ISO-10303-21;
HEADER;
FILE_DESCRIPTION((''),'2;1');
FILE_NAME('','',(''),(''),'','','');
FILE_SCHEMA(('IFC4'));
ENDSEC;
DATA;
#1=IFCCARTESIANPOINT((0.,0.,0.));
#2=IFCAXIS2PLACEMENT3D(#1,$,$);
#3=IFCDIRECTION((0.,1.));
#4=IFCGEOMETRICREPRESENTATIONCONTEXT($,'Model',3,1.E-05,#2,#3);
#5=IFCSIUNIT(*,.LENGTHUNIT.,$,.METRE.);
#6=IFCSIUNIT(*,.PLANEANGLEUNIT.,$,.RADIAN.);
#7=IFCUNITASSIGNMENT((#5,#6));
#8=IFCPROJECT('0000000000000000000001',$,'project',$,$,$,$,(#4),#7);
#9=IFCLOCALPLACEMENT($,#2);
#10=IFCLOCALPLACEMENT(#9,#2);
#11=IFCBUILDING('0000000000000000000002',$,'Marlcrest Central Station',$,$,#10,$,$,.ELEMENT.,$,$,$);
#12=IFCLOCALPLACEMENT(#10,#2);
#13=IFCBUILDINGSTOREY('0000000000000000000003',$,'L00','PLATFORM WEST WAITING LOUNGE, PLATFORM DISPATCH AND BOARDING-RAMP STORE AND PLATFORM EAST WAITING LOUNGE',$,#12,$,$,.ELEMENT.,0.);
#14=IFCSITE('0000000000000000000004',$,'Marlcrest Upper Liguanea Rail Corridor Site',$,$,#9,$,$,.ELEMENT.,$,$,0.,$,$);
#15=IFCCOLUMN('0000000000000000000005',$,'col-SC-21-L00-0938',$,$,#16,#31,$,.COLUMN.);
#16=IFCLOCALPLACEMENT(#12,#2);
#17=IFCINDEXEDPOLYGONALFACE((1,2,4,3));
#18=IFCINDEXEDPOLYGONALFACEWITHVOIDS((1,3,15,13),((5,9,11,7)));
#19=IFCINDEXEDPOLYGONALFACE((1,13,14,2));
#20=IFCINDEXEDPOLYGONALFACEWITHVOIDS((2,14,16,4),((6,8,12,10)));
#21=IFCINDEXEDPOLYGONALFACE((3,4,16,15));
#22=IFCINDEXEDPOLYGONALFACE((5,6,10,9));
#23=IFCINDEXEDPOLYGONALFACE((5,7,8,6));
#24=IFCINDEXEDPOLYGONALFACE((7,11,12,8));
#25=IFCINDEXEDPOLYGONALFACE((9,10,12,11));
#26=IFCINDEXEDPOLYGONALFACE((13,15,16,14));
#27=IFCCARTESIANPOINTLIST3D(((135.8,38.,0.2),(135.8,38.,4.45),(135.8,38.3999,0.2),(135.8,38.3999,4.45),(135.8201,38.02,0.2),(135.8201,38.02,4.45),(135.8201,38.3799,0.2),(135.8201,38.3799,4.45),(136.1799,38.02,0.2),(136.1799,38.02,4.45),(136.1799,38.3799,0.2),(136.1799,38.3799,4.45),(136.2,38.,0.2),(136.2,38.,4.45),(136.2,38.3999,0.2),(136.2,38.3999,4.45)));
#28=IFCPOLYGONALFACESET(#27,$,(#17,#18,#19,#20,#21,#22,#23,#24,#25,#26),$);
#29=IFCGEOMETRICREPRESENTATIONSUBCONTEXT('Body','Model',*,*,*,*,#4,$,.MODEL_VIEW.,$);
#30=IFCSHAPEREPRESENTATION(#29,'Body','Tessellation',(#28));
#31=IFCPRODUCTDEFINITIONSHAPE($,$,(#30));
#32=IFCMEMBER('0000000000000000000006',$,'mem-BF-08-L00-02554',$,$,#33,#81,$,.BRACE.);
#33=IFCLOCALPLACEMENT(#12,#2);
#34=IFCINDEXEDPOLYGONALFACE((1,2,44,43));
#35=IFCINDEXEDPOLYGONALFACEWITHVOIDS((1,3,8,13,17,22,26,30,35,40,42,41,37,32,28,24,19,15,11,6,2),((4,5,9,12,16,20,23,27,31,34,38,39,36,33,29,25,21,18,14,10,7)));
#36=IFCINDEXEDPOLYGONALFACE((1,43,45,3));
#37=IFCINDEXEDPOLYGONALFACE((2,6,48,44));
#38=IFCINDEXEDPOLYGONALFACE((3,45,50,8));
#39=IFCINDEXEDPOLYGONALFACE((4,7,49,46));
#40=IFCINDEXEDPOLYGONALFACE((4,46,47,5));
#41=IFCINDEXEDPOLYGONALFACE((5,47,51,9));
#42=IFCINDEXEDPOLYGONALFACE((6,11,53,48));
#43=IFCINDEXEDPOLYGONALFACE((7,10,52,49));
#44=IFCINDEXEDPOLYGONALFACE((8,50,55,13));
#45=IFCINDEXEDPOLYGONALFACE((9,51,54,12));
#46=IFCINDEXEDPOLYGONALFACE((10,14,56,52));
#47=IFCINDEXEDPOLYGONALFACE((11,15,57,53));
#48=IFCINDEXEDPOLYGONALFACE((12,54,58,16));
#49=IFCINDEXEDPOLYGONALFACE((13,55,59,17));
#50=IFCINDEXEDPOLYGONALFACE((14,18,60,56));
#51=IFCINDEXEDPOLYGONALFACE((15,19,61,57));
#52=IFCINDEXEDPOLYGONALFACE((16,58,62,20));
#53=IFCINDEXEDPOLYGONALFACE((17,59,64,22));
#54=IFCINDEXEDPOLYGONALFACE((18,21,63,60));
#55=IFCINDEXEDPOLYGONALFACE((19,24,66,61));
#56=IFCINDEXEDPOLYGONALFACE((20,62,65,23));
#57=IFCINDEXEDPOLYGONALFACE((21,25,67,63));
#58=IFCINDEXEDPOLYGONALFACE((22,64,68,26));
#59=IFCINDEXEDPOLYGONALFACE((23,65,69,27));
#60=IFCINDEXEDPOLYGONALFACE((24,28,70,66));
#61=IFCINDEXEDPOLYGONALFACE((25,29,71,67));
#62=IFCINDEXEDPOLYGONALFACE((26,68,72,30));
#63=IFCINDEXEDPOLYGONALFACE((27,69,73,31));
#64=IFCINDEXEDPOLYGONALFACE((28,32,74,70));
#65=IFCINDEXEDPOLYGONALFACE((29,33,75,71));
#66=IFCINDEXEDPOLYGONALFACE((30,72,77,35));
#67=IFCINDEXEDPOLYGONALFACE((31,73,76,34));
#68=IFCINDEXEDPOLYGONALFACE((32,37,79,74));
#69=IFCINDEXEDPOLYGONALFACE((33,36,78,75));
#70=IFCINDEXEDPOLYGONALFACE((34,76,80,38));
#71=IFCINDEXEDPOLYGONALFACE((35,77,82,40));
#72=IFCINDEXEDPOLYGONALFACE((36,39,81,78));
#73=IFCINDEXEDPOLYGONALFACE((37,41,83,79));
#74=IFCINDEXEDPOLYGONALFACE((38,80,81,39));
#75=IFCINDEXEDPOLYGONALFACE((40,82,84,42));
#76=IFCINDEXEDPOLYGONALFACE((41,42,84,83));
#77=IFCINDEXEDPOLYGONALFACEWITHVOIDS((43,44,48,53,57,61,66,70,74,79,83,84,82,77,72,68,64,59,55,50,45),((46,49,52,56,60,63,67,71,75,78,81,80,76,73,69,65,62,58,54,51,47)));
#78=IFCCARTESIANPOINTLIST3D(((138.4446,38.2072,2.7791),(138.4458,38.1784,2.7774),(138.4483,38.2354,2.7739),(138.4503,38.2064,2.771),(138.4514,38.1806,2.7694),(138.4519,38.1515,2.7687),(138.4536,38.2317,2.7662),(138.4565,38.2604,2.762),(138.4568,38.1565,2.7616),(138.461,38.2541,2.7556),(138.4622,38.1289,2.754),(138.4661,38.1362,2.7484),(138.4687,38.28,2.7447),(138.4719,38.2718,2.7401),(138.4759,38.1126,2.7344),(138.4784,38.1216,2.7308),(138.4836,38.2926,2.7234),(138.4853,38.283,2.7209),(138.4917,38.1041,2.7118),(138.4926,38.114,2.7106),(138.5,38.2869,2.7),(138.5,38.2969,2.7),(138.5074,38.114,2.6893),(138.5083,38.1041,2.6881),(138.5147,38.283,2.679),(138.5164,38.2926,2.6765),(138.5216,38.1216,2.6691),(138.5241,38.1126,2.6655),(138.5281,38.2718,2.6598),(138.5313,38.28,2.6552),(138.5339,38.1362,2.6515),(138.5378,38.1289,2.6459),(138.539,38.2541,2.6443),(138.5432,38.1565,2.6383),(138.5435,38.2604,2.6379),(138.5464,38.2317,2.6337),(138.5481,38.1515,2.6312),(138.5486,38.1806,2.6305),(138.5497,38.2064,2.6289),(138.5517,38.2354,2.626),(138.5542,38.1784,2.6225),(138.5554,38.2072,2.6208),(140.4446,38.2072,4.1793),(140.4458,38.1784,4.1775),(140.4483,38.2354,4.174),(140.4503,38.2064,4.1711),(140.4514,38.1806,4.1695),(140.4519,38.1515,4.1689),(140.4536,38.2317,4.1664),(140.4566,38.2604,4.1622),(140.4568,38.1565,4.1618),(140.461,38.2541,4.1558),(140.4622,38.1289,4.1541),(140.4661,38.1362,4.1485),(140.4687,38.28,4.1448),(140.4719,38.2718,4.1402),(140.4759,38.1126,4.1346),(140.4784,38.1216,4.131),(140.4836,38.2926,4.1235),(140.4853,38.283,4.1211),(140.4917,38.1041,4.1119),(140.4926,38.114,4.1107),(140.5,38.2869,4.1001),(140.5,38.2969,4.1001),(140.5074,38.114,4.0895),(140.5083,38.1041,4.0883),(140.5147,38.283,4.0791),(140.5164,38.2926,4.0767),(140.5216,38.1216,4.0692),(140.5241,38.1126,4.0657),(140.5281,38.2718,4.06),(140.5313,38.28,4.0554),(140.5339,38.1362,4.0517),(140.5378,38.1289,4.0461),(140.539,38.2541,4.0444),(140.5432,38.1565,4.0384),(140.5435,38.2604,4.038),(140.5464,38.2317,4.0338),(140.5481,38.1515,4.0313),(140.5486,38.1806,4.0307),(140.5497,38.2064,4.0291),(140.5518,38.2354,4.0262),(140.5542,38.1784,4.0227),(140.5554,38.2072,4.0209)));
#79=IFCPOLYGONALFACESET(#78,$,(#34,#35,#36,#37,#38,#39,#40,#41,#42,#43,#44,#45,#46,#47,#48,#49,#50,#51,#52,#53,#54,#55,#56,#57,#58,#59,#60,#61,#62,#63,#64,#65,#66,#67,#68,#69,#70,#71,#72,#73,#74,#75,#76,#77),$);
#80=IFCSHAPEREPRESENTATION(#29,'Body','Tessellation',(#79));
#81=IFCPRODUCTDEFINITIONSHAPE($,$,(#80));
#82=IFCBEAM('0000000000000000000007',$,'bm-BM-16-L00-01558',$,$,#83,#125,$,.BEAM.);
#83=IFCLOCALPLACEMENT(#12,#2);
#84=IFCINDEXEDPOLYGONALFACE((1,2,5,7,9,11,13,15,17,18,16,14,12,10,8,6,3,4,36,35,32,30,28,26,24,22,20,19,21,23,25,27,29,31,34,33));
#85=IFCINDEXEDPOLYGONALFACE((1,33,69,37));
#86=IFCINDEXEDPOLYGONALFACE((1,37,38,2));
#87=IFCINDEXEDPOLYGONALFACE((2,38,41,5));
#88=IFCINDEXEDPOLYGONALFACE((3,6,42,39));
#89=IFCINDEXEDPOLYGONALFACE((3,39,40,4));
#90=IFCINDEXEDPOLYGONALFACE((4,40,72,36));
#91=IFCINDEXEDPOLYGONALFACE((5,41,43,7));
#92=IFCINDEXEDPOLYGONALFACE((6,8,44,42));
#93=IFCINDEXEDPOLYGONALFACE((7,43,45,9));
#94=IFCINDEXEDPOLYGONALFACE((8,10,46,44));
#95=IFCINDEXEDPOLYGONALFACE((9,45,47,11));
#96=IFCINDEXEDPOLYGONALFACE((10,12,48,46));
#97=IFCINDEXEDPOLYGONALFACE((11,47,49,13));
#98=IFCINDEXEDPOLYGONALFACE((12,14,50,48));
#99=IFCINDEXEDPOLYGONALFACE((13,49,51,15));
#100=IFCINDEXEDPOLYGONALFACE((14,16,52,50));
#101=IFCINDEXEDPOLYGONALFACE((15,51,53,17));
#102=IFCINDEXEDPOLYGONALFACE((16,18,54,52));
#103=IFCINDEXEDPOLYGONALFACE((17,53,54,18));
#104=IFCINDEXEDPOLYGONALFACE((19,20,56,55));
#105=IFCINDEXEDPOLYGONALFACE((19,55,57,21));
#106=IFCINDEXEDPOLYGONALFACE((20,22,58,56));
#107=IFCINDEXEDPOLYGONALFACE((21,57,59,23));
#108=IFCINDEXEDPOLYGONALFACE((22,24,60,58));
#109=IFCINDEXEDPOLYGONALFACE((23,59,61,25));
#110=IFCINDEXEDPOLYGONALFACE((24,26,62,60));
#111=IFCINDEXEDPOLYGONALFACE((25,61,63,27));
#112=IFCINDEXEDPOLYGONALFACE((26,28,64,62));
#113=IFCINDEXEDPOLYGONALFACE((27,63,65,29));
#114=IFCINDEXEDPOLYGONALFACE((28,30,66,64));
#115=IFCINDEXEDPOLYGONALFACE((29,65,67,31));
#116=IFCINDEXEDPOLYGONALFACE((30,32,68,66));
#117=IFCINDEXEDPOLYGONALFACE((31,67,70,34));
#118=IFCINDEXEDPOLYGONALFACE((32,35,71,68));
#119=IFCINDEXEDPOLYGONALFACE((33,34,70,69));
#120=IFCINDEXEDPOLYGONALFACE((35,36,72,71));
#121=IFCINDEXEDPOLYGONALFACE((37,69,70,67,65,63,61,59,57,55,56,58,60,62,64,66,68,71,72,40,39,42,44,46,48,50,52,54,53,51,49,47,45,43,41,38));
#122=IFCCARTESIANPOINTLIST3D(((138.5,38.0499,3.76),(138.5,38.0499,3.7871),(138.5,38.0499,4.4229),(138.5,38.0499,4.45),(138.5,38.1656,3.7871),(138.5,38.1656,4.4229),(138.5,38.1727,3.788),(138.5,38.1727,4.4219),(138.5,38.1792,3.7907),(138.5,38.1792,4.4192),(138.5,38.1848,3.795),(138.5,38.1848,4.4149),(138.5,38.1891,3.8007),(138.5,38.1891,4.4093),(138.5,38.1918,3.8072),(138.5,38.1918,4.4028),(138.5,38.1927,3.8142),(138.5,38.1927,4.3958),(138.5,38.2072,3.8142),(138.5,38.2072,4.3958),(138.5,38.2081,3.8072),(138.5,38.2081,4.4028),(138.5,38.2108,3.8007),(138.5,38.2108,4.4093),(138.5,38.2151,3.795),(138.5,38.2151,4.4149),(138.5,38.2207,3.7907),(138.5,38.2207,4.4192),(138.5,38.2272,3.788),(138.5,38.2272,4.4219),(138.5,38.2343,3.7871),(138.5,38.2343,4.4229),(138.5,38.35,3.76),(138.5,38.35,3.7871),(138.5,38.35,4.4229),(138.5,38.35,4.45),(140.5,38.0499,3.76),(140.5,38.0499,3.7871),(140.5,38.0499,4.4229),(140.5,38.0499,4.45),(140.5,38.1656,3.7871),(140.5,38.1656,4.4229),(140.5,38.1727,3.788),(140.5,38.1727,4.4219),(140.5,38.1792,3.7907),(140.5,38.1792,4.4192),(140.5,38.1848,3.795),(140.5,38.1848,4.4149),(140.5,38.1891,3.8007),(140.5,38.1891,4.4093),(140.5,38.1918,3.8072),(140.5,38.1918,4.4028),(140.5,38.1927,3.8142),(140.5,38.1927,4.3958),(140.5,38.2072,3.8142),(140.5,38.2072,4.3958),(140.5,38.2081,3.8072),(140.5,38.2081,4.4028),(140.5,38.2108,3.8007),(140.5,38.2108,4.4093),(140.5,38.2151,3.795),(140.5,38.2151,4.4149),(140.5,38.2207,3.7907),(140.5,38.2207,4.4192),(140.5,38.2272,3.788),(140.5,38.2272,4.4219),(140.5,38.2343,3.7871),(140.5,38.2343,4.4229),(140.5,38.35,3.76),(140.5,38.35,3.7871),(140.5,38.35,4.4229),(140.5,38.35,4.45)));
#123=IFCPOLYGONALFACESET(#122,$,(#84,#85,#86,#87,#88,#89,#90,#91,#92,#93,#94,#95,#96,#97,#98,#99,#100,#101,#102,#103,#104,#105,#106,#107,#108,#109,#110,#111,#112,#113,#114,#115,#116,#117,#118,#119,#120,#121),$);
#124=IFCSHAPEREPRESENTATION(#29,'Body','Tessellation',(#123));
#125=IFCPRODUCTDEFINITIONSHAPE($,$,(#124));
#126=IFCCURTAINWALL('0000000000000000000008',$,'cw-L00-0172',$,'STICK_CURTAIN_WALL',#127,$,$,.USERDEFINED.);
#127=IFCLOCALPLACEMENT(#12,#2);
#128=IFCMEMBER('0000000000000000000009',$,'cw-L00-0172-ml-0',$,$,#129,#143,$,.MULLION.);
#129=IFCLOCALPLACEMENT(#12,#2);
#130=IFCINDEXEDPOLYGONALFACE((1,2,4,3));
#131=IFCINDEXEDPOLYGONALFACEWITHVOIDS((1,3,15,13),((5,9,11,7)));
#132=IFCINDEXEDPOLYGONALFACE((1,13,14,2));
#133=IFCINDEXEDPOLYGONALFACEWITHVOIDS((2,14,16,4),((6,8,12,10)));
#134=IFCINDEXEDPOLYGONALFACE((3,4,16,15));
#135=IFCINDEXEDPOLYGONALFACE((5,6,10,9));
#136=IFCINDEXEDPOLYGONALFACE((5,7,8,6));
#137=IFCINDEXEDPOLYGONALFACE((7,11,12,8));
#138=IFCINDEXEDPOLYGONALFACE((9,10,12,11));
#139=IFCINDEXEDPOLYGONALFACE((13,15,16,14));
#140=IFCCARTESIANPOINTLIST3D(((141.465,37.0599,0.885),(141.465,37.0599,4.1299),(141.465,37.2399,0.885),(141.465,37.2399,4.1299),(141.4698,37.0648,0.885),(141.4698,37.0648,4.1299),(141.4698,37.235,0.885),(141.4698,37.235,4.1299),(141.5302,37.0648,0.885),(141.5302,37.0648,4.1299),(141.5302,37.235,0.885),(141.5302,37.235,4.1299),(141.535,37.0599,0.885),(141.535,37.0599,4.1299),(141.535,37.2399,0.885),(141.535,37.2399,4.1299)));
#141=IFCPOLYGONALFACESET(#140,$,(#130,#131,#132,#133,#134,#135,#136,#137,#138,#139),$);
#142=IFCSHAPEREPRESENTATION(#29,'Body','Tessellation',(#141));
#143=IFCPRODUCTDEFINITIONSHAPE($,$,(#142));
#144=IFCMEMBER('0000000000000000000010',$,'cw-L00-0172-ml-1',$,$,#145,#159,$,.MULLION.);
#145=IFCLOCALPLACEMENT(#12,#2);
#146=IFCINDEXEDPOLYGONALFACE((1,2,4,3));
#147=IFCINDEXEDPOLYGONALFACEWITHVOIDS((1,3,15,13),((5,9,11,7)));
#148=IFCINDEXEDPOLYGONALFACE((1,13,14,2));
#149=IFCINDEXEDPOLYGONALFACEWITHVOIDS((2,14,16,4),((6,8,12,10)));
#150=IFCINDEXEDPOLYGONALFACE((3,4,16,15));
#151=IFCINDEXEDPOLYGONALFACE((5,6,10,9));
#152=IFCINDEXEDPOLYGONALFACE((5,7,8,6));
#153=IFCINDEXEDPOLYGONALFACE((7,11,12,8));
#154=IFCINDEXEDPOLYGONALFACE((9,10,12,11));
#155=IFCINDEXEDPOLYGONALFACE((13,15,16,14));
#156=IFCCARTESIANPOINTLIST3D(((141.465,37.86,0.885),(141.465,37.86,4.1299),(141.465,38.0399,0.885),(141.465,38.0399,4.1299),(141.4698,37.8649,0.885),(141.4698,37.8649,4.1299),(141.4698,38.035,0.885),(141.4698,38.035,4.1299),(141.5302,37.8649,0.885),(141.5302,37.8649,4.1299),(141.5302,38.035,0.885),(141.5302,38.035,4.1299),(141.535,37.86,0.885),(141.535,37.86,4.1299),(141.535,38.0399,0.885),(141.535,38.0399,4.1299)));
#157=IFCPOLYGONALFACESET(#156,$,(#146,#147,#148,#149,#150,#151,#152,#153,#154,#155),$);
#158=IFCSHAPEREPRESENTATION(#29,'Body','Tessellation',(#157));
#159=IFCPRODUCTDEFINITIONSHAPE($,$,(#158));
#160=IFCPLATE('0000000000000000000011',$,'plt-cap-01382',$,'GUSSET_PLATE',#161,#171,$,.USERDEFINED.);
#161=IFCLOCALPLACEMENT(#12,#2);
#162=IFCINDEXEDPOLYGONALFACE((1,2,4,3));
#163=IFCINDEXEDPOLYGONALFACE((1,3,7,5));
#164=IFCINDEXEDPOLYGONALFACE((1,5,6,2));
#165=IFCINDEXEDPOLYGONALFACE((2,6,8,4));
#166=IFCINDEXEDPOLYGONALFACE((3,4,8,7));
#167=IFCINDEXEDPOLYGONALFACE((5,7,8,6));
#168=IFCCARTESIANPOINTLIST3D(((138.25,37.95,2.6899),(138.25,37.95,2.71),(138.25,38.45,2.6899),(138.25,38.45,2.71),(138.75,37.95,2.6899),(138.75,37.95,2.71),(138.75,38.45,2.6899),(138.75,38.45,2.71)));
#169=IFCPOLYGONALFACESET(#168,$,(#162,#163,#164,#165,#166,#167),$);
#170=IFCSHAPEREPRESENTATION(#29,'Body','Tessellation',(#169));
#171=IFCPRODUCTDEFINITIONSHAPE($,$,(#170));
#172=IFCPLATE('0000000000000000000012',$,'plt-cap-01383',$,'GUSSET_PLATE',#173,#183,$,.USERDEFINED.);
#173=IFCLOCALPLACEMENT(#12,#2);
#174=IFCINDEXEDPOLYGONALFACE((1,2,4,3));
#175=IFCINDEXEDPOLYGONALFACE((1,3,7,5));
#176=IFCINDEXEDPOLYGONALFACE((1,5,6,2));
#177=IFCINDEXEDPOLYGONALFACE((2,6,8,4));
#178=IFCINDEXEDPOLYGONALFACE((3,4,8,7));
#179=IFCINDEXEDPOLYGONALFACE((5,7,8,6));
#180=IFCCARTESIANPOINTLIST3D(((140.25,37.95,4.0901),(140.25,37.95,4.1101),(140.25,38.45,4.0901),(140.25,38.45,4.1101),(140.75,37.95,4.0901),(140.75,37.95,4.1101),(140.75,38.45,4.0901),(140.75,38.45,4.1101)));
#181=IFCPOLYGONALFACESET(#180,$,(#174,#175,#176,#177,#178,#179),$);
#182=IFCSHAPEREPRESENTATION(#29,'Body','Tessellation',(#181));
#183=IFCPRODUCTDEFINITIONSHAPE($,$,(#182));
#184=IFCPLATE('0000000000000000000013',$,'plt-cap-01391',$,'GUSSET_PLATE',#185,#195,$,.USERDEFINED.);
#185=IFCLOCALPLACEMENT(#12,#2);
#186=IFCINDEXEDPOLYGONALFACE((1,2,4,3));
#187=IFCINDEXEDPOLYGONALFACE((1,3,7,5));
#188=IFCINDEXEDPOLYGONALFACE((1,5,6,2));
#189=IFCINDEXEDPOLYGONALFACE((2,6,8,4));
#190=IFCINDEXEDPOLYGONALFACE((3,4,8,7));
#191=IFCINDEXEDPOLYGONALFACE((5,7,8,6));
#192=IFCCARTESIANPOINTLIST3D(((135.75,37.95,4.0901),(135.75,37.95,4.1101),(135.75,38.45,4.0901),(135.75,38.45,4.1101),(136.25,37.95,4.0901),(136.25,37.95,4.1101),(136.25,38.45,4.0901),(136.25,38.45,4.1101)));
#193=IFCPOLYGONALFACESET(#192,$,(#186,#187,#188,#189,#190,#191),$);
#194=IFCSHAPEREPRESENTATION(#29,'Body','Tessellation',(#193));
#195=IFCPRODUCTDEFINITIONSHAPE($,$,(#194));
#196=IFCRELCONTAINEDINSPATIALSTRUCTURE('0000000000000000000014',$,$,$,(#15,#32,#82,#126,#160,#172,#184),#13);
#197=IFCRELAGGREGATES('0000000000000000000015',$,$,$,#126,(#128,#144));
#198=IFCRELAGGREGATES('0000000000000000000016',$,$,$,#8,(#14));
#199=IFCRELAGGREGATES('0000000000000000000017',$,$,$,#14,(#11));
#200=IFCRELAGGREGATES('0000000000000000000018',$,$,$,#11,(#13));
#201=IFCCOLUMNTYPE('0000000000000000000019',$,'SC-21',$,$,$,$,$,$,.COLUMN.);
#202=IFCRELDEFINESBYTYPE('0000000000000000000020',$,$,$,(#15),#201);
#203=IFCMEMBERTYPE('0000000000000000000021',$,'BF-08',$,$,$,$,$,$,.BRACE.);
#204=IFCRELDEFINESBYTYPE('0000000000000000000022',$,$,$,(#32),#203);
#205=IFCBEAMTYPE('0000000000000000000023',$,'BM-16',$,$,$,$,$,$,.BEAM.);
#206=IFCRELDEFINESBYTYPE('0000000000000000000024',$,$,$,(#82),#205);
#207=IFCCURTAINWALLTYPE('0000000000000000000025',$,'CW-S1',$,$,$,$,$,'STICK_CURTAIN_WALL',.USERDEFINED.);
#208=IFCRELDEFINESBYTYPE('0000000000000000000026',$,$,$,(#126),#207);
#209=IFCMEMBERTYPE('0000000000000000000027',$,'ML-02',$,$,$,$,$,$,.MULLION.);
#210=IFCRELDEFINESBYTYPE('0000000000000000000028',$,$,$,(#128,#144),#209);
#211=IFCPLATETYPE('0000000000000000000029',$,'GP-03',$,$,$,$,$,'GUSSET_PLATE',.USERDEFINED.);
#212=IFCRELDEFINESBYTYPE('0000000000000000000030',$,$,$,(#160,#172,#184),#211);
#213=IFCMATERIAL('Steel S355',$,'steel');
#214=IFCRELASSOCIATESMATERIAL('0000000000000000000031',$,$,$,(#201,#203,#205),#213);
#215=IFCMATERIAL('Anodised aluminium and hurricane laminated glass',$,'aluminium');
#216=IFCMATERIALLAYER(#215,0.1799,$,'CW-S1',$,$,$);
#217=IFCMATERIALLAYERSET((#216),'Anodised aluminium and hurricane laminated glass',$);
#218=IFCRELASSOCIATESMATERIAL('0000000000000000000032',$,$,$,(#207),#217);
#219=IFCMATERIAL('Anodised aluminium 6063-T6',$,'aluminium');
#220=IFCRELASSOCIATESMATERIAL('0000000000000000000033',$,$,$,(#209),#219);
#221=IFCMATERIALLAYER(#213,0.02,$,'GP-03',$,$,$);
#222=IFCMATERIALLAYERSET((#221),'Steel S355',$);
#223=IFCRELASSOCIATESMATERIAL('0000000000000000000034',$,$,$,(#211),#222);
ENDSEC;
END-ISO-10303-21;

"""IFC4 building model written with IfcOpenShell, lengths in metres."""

from ifc_helpers import new_model, si_unit, direction, frame, origin, origin_2d, place, context, subcontext, project, spatial, rectangle, hollow_rectangle, hollow_circle, i_section, extrude, material, layer, layer_set, material_profile, profile_set, type_object, element, aggregate, save


model = new_model("IFC4")

# Units and contexts
model_context = context("Model", 3, precision=1e-05, world=origin(), true_north=direction((0.0, 1.0)))
body_context = subcontext(model_context, "Body", "Model", "MODEL_VIEW")
ifc_project = project(units=[si_unit("LENGTHUNIT", "METRE"), si_unit("PLANEANGLEUNIT", "RADIAN")], contexts=[model_context])

# Site, building, storey
site_placement = place(None, origin())
site = spatial("IfcSite", under=ifc_project, at=site_placement, Name="Marlcrest Upper Liguanea Rail Corridor Site", CompositionType="ELEMENT", RefElevation=0.0)
building_placement = place(site_placement, origin())
building = spatial("IfcBuilding", under=site, at=building_placement, Name="Marlcrest Central Station", CompositionType="ELEMENT")
storey_placement = place(building_placement, origin())
storey = spatial("IfcBuildingStorey", under=building, at=storey_placement, Name="L00", Description="PLATFORM WEST WAITING LOUNGE, PLATFORM DISPATCH AND BOARDING-RAMP STORE AND PLATFORM EAST WAITING LOUNGE", CompositionType="ELEMENT", Elevation=0.0)

# Column
ifc_material_1 = material(Name="Steel S355", Category="steel")
ifc_material_profile_1 = material_profile(ifc_material_1, hollow_rectangle(XDim=0.3999, YDim=0.3999, WallThickness=0.02, at=origin_2d()), Name="SHS 400x400x20")
ifc_profile_set_1 = profile_set([ifc_material_profile_1], Name="Steel S355")
column_type_1 = type_object("IfcColumnType", Name="SC-21", PredefinedType="COLUMN", material=ifc_profile_set_1)
column_1_placement = place(storey_placement, frame((136.0, 38.2, 0.2), z_axis=(0.0, 0.0, 1.0), x_axis=(1.0, 0.0, 0.0)))
element("IfcColumn", 1, at=column_1_placement, inside=storey, type_object=column_type_1, Name="col-SC-21-L00-0938", PredefinedType="COLUMN", context=body_context, shape_type="SweptSolid", body=[
    extrude(hollow_rectangle(XDim=0.3999, YDim=0.3999, WallThickness=0.02, at=origin_2d()), origin(), (0.0, 0.0, 1.0), 4.25),
])

# Member
ifc_material_profile_2 = material_profile(ifc_material_1, hollow_circle(Radius=0.0969, WallThickness=0.01, at=origin_2d()), Name="CHS 193.7x10")
ifc_profile_set_2 = profile_set([ifc_material_profile_2], Name="Steel S355")
member_type_1 = type_object("IfcMemberType", Name="BF-08", PredefinedType="BRACE", material=ifc_profile_set_2)
member_1_placement = place(storey_placement, frame((138.5, 38.2, 2.7), z_axis=(0.819204, 0.0, 0.573503), x_axis=(0.0, 1.0, 0.0)))
element("IfcMember", 2, at=member_1_placement, inside=storey, type_object=member_type_1, Name="mem-BF-08-L00-02554", PredefinedType="BRACE", context=body_context, shape_type="SweptSolid", body=[
    extrude(hollow_circle(Radius=0.0969, WallThickness=0.01, at=origin_2d()), origin(), (0.0, 0.0, 1.0), 2.4414),
])

# Beam
ifc_material_profile_3 = material_profile(ifc_material_1, i_section(OverallWidth=0.3, OverallDepth=0.6899, WebThickness=0.0144, FlangeThickness=0.0271, FilletRadius=0.0271, at=origin_2d()), Name="HEA 700")
ifc_profile_set_3 = profile_set([ifc_material_profile_3], Name="Steel S355")
beam_type = type_object("IfcBeamType", Name="BM-16", PredefinedType="BEAM", material=ifc_profile_set_3)
beam_placement = place(storey_placement, frame((138.5, 38.2, 4.105), z_axis=(1.0, 0.0, 0.0), x_axis=(0.0, 1.0, 0.0)))
element("IfcBeam", 3, at=beam_placement, inside=storey, type_object=beam_type, Name="bm-BM-16-L00-01558", PredefinedType="BEAM", context=body_context, shape_type="SweptSolid", body=[
    extrude(i_section(OverallWidth=0.3, OverallDepth=0.6899, WebThickness=0.0144, FlangeThickness=0.0271, FilletRadius=0.0271, at=origin_2d()), origin(), (0.0, 0.0, 1.0), 2.0),
])

# Curtain wall, members
ifc_material_2 = material(Name="Anodised aluminium and hurricane laminated glass", Category="aluminium")
ifc_layer_1 = layer(ifc_material_2, 0.1799, Name="CW-S1")
ifc_layer_set_1 = layer_set([ifc_layer_1], Name="Anodised aluminium and hurricane laminated glass")
curtain_wall_type = type_object("IfcCurtainWallType", Name="CW-S1", ElementType="STICK_CURTAIN_WALL", PredefinedType="USERDEFINED", material=ifc_layer_set_1)
curtain_wall_placement = place(storey_placement, origin())
curtain_wall = element("IfcCurtainWall", 4, at=curtain_wall_placement, inside=storey, type_object=curtain_wall_type, Name="cw-L00-0172", ObjectType="STICK_CURTAIN_WALL", PredefinedType="USERDEFINED")
ifc_material_3 = material(Name="Anodised aluminium 6063-T6", Category="aluminium")
ifc_material_profile_4 = material_profile(ifc_material_3, hollow_rectangle(XDim=0.0701, YDim=0.1799, WallThickness=0.0049, at=origin_2d()), Name="AA-RHS 180x70x5")
ifc_profile_set_4 = profile_set([ifc_material_profile_4], Name="Anodised aluminium 6063-T6")
member_type_2 = type_object("IfcMemberType", Name="ML-02", PredefinedType="MULLION", material=ifc_profile_set_4)
member_2_placement = place(storey_placement, frame((141.5, 37.1499, 0.885), z_axis=(0.0, 0.0, 1.0), x_axis=(1.0, 0.0, 0.0)))
member_2 = element("IfcMember", 5, at=member_2_placement, type_object=member_type_2, Name="cw-L00-0172-ml-0", PredefinedType="MULLION", context=body_context, shape_type="SweptSolid", body=[
    extrude(hollow_rectangle(XDim=0.0701, YDim=0.1799, WallThickness=0.0049, at=origin_2d()), origin(), (0.0, 0.0, 1.0), 3.2449),
])
member_3_placement = place(storey_placement, frame((141.5, 37.95, 0.885), z_axis=(0.0, 0.0, 1.0), x_axis=(1.0, 0.0, 0.0)))
member_3 = element("IfcMember", 6, at=member_3_placement, type_object=member_type_2, Name="cw-L00-0172-ml-1", PredefinedType="MULLION", context=body_context, shape_type="SweptSolid", body=[
    extrude(hollow_rectangle(XDim=0.0701, YDim=0.1799, WallThickness=0.0049, at=origin_2d()), origin(), (0.0, 0.0, 1.0), 3.2449),
])
aggregate(curtain_wall, [member_2, member_3])

# Plates
ifc_layer_2 = layer(ifc_material_1, 0.02, Name="GP-03")
ifc_layer_set_2 = layer_set([ifc_layer_2], Name="Steel S355")
plate_type = type_object("IfcPlateType", Name="GP-03", ElementType="GUSSET_PLATE", PredefinedType="USERDEFINED", material=ifc_layer_set_2)
for number, where, z_axis, x_axis, name in (
    (7, (138.5, 38.2, 2.6899), (0.0, 0.0, 1.0), (1.0, 0.0, 0.0), "plt-cap-01382"),
    (8, (140.5, 38.2, 4.0901), (0.0, 0.0, 1.0), (1.0, 0.0, 0.0), "plt-cap-01383"),
    (9, (136.0, 38.2, 4.0901), (0.0, 0.0, 1.0), (1.0, 0.0, 0.0), "plt-cap-01391"),
):
    element("IfcPlate", number, at=place(storey_placement, frame(where, z_axis=z_axis, x_axis=x_axis)), inside=storey, type_object=plate_type, Name=name, ObjectType="GUSSET_PLATE", PredefinedType="USERDEFINED", context=body_context, shape_type="SweptSolid", body=[
        extrude(rectangle(XDim=0.5, YDim=0.5, at=origin_2d()), origin(), (0.0, 0.0, 1.0), 0.02),
    ])

save(model, "model.ifc")
